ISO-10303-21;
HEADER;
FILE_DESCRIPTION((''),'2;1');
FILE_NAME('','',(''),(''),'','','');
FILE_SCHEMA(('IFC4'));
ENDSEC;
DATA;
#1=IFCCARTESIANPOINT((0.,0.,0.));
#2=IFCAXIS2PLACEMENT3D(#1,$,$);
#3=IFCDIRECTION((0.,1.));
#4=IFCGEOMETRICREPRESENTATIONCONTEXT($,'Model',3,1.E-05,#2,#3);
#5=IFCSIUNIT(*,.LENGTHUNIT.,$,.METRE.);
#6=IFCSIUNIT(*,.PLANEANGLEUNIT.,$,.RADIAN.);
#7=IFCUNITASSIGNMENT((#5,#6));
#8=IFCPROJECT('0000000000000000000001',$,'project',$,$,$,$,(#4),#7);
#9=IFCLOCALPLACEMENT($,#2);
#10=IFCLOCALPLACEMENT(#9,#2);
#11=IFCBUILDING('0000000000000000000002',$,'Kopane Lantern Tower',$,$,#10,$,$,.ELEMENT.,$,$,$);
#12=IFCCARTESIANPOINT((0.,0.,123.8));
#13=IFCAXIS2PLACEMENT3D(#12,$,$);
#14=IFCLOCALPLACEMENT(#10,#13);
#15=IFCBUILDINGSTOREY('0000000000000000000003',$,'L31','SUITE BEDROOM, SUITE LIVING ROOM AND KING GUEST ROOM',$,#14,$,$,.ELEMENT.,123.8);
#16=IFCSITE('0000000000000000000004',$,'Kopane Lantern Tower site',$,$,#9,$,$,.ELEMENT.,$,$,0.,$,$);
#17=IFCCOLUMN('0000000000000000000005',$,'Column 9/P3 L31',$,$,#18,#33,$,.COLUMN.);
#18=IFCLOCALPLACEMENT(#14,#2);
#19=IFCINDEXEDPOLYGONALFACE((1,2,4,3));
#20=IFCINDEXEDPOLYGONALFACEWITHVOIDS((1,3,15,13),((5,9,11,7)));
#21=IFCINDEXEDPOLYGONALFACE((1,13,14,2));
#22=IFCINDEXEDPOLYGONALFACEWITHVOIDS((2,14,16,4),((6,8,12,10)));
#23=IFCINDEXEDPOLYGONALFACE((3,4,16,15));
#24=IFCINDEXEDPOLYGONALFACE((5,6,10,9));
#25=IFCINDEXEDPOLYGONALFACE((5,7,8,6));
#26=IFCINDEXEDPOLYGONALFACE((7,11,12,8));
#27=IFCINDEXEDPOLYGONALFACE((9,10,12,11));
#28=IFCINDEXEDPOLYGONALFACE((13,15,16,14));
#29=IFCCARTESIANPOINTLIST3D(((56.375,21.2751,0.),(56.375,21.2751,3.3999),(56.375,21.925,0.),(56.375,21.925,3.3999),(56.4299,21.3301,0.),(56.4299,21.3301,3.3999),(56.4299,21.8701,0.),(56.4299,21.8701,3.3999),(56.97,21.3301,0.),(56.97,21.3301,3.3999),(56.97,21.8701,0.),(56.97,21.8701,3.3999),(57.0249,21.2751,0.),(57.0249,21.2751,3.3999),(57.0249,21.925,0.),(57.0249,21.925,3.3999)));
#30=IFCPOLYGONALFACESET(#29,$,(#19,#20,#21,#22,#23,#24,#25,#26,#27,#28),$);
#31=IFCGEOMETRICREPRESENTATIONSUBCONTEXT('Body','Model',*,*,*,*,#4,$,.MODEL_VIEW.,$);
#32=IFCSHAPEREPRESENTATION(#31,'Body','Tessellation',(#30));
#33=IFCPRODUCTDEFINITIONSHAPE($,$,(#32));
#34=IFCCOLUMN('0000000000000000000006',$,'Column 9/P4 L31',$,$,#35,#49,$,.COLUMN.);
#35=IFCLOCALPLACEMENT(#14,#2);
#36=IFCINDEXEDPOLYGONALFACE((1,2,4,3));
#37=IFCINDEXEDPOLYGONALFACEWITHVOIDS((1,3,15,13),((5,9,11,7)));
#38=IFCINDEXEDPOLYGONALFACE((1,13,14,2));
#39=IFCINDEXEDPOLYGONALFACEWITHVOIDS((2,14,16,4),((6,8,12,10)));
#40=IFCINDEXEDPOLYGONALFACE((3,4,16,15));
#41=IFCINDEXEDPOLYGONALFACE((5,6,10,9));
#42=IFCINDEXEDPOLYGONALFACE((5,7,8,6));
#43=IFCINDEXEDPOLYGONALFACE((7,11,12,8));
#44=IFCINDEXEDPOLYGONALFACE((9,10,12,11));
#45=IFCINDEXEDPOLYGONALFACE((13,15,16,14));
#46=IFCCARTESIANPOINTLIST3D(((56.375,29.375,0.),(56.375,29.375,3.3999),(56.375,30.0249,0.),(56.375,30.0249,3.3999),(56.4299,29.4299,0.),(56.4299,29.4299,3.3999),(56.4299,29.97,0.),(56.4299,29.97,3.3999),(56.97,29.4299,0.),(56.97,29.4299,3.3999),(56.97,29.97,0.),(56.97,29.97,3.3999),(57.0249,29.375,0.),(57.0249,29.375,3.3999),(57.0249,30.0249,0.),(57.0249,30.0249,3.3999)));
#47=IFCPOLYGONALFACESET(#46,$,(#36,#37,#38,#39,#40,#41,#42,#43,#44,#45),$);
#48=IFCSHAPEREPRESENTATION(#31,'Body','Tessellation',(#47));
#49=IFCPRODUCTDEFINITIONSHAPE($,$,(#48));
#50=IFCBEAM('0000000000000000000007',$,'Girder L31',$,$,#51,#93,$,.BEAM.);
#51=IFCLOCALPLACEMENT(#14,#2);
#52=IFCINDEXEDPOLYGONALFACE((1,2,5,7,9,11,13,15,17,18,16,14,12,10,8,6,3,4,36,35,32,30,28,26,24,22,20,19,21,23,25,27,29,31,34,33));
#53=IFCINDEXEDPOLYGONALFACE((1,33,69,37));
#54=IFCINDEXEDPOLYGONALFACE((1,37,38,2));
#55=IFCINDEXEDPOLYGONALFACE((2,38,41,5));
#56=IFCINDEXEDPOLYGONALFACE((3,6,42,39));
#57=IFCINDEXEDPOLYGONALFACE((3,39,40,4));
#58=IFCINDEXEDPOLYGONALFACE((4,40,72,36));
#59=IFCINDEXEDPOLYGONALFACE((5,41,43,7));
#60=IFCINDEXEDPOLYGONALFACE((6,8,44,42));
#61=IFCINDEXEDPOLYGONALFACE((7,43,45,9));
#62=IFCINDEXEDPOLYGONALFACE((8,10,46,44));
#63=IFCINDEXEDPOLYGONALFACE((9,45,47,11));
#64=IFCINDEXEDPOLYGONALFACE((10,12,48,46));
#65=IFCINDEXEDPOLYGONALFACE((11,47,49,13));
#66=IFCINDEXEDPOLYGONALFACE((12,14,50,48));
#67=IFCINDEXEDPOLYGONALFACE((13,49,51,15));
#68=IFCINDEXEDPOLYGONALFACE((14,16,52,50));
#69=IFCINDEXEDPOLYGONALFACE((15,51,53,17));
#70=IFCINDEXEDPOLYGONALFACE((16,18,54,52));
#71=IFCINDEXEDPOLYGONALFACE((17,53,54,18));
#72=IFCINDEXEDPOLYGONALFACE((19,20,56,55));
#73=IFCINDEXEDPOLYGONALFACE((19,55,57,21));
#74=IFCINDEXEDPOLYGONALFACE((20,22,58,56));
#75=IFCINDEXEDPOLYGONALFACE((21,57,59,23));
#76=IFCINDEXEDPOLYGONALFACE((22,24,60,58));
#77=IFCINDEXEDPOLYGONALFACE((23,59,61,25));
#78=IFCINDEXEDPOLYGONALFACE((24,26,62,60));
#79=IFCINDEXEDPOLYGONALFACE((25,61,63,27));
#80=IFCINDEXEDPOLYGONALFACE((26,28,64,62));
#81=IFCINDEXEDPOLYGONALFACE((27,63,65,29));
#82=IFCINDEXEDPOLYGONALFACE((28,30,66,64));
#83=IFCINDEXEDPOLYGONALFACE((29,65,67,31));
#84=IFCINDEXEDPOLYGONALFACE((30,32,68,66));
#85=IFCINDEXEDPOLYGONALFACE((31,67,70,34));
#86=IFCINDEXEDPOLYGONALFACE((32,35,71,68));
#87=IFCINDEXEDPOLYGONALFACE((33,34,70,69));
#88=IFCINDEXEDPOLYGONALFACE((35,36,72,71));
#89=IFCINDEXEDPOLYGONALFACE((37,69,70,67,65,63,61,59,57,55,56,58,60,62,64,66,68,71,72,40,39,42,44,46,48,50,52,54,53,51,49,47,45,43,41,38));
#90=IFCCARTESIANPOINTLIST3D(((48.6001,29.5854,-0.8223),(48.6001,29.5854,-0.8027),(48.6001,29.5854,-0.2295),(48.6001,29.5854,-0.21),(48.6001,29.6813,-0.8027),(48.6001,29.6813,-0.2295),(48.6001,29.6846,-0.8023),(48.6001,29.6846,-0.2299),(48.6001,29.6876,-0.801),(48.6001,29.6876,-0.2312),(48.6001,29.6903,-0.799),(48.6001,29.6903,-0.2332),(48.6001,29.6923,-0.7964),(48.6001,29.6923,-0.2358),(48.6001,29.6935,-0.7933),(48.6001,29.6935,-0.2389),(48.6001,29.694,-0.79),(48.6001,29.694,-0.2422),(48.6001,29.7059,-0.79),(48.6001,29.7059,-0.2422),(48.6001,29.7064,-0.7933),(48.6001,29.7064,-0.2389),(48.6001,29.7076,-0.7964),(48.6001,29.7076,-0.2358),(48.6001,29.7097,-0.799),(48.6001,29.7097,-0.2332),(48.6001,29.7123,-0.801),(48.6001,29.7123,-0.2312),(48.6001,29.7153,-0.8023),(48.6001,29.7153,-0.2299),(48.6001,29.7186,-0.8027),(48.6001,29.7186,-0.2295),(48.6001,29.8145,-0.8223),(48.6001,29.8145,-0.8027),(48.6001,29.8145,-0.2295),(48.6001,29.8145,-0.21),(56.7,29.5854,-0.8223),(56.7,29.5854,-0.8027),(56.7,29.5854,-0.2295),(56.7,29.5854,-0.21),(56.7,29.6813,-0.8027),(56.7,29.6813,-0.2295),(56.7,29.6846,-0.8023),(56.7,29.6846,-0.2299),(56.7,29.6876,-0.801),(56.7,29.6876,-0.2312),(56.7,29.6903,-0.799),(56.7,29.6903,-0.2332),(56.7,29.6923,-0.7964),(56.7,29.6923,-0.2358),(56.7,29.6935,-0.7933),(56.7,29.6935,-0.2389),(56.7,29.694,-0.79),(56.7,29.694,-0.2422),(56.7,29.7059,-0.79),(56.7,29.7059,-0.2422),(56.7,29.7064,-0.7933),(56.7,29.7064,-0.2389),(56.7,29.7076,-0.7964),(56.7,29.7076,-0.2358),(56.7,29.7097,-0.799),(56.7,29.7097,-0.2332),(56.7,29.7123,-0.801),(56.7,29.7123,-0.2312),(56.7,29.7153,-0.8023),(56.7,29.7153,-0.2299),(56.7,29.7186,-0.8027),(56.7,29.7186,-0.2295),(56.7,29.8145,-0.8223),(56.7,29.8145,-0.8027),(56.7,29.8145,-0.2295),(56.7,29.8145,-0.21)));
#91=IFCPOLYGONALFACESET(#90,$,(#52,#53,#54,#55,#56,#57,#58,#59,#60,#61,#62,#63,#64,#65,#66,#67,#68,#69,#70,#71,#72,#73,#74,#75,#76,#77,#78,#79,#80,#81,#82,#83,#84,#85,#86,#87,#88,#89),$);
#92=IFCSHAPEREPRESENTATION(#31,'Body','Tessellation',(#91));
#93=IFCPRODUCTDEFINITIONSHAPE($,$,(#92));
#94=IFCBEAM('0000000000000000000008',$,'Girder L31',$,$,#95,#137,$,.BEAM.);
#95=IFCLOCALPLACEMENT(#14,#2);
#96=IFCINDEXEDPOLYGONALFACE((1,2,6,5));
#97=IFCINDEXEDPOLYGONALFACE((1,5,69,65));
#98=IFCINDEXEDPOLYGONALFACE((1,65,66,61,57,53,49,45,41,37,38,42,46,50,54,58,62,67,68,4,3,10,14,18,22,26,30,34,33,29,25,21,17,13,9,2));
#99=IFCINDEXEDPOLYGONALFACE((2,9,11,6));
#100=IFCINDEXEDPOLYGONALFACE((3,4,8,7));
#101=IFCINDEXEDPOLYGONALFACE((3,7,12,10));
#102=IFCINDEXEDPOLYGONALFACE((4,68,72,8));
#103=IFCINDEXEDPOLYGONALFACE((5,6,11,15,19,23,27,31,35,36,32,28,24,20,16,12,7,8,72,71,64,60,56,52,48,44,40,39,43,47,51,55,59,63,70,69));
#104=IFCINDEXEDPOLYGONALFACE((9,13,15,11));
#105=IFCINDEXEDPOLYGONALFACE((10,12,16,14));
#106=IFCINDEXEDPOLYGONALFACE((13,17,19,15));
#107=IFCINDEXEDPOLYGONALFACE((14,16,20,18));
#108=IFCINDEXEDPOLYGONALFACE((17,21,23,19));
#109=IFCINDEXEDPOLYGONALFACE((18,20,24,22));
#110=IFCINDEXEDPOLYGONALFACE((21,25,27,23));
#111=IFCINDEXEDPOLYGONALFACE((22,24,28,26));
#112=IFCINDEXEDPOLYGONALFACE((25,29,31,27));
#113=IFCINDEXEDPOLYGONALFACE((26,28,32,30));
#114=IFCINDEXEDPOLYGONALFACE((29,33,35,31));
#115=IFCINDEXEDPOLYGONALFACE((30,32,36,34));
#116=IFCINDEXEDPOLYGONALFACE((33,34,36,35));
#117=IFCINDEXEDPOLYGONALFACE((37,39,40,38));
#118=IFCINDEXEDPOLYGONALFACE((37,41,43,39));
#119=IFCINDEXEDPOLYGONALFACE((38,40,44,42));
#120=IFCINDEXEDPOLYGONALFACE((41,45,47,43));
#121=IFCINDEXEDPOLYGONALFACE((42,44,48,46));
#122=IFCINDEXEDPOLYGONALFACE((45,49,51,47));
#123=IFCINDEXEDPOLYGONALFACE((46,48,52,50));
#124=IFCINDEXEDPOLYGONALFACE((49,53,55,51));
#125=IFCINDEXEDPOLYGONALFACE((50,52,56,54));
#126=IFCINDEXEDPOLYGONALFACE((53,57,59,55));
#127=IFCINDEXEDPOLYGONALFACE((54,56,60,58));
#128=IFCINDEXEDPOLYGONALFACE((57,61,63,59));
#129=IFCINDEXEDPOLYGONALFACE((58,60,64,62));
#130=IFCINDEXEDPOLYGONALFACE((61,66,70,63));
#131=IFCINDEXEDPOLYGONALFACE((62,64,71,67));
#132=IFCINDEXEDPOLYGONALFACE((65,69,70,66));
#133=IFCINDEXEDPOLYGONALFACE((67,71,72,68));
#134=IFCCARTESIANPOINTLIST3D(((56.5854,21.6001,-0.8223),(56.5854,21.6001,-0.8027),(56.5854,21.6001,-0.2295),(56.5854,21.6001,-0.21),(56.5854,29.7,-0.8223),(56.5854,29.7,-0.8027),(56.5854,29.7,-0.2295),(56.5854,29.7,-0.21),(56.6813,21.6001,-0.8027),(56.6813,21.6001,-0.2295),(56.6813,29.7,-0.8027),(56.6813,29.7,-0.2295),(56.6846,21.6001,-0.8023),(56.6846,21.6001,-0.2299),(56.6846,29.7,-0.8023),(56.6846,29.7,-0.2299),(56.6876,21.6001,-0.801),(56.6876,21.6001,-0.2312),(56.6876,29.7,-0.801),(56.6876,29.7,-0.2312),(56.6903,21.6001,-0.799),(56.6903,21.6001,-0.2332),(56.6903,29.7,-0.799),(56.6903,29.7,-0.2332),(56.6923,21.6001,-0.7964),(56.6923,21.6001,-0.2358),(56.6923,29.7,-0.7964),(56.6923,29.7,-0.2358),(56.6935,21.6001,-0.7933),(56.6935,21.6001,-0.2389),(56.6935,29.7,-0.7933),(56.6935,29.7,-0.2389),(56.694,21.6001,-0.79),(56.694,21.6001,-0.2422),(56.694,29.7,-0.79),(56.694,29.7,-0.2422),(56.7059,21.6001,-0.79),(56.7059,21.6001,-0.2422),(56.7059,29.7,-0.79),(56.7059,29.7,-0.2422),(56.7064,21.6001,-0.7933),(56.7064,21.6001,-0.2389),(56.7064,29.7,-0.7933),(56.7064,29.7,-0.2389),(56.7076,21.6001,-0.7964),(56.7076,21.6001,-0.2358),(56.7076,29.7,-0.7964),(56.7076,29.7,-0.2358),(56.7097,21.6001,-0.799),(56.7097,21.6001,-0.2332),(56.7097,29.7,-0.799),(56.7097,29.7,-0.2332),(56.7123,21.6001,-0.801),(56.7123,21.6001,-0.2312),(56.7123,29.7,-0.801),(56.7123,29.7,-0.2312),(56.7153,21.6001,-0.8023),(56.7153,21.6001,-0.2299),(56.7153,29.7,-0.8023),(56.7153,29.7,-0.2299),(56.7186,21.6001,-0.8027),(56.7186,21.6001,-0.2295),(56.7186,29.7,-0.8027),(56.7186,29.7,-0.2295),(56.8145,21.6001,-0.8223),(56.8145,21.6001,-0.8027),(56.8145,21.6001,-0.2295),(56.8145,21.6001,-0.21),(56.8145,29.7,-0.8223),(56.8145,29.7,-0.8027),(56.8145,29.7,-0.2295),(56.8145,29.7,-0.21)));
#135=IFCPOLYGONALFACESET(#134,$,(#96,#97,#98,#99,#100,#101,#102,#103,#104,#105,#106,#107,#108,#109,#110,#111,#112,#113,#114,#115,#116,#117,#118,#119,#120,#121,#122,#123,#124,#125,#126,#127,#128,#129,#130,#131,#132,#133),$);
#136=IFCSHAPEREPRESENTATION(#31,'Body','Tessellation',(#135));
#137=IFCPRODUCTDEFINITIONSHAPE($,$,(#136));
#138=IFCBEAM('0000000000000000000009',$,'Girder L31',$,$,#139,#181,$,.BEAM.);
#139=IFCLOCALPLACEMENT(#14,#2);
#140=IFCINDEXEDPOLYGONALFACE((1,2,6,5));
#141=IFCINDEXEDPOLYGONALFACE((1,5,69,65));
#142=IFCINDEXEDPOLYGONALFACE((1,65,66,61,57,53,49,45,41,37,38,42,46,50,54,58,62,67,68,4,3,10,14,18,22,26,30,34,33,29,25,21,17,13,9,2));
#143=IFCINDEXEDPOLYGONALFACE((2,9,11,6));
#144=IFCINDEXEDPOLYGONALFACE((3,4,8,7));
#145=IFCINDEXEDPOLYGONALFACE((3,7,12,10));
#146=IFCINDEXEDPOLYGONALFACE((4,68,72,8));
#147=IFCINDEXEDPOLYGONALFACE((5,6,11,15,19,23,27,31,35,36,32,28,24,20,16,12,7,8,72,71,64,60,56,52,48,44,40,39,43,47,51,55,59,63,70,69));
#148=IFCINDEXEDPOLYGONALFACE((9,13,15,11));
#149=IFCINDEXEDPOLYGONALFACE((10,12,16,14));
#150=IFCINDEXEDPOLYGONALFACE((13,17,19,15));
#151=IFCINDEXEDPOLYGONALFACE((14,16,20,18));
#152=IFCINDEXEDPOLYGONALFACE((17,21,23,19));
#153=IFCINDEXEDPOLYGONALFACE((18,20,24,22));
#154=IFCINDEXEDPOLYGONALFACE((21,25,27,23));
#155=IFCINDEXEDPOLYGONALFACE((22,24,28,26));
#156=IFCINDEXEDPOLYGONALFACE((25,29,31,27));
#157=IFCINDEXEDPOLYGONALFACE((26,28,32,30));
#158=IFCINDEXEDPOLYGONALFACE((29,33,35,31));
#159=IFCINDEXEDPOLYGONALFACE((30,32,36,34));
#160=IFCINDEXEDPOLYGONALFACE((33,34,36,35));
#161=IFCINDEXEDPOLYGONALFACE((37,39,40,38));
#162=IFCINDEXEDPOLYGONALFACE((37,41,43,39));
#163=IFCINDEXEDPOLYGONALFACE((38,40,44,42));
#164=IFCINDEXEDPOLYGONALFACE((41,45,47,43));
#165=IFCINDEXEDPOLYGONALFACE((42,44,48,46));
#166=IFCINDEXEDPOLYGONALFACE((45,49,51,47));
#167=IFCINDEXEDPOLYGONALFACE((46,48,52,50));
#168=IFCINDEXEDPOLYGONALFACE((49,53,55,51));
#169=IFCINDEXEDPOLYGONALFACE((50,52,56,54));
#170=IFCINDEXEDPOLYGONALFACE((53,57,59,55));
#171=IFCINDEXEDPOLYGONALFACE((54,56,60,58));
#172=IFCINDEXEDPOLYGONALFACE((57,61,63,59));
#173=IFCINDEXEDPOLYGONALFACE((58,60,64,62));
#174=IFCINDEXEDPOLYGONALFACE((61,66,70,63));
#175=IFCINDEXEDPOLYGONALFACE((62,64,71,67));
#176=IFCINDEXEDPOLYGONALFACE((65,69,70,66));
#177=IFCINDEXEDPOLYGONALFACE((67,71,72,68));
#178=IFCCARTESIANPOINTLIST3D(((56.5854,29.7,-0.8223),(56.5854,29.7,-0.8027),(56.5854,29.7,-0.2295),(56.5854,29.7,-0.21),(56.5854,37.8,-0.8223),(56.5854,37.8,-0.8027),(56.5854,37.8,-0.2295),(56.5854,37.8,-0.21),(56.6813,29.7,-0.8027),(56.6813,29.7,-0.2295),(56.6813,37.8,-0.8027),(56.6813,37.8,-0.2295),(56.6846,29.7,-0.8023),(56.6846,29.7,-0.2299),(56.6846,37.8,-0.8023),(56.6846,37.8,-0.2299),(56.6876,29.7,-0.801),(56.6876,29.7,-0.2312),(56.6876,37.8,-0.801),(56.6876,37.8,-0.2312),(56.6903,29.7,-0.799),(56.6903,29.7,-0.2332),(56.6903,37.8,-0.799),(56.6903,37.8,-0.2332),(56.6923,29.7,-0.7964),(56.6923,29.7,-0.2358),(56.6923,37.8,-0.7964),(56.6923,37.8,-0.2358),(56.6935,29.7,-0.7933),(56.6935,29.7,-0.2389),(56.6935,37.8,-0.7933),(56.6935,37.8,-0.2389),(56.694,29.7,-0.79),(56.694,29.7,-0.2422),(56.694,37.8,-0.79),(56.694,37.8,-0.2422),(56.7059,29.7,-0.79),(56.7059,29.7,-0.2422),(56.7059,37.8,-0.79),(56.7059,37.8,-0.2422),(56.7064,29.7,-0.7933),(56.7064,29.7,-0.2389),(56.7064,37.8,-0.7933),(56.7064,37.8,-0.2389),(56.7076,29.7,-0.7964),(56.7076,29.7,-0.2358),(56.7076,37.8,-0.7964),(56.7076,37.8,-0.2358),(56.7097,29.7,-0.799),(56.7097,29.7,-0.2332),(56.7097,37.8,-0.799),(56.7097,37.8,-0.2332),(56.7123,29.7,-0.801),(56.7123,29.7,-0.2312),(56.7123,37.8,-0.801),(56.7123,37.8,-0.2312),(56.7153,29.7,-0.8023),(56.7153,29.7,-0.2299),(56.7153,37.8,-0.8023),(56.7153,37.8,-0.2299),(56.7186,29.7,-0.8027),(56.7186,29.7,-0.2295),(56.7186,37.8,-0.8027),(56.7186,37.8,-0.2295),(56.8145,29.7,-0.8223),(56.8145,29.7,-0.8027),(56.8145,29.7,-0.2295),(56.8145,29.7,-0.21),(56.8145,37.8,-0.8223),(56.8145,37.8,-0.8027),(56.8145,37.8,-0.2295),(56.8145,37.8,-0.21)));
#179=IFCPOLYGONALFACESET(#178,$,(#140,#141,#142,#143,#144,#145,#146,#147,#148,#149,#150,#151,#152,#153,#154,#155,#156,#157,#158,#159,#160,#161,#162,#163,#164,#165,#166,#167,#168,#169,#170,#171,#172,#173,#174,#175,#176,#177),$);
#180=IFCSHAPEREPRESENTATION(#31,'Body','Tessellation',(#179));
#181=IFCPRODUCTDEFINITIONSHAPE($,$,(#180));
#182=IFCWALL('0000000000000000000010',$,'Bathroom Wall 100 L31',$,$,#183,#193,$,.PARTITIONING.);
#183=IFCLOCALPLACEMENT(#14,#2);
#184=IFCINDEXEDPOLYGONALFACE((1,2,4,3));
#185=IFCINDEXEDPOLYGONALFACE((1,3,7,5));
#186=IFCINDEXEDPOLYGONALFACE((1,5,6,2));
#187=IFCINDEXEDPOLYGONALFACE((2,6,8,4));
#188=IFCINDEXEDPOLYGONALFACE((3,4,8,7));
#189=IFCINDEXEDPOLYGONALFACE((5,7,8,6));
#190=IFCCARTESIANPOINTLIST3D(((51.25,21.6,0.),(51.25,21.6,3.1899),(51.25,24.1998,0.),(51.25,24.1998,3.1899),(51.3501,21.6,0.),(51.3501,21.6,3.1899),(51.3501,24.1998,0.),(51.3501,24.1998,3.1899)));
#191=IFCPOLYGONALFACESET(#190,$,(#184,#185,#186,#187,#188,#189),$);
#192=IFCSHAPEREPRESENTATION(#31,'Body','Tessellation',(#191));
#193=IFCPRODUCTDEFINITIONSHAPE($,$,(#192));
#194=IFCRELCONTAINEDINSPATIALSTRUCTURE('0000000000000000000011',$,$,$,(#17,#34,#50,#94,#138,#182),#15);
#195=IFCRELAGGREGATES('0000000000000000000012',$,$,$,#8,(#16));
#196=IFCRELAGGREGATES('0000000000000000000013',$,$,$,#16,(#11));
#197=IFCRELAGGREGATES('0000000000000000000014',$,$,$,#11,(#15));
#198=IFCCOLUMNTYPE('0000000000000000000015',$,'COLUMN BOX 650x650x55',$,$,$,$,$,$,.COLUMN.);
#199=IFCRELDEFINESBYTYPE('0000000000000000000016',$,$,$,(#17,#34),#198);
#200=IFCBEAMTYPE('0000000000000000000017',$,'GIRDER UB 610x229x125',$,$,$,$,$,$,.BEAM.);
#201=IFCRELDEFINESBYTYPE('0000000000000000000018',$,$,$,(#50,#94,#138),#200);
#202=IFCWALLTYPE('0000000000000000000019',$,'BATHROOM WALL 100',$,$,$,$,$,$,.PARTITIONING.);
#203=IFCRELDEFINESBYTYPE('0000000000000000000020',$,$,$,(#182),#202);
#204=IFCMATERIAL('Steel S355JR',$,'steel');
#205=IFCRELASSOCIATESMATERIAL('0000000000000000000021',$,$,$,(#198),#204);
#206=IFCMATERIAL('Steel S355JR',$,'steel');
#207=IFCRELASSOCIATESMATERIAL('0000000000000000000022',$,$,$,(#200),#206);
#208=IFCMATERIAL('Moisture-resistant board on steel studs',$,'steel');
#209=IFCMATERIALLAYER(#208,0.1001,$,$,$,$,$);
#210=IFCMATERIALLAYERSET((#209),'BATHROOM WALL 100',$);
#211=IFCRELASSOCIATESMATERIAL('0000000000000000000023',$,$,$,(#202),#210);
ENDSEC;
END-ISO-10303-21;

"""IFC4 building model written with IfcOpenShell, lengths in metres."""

from ifc_helpers import new_model, si_unit, direction, frame, frame_2d, origin, origin_2d, place, context, subcontext, project, spatial, rectangle, hollow_rectangle, i_section, extrude, material, layer, layer_set, material_profile, profile_set, type_object, element, save


model = new_model("IFC4")

# Units and contexts
model_context = context("Model", 3, precision=1e-05, world=origin(), true_north=direction((0.0, 1.0)))
body_context = subcontext(model_context, "Body", "Model", "MODEL_VIEW")
ifc_project = project(units=[si_unit("LENGTHUNIT", "METRE"), si_unit("PLANEANGLEUNIT", "RADIAN")], contexts=[model_context])

# Site, building, storey
site_placement = place(None, origin())
site = spatial("IfcSite", under=ifc_project, at=site_placement, Name="Kopane Lantern Tower site", CompositionType="ELEMENT", RefElevation=0.0)
building_placement = place(site_placement, origin())
building = spatial("IfcBuilding", under=site, at=building_placement, Name="Kopane Lantern Tower", CompositionType="ELEMENT")
storey_placement = place(building_placement, frame((0.0, 0.0, 123.8)))
storey = spatial("IfcBuildingStorey", under=building, at=storey_placement, Name="L31", Description="SUITE BEDROOM, SUITE LIVING ROOM AND KING GUEST ROOM", CompositionType="ELEMENT", Elevation=123.8)

# Columns
ifc_material_1 = material(Name="Steel S355JR", Category="steel")
ifc_material_profile_1 = material_profile(ifc_material_1, hollow_rectangle(XDim=0.6499, YDim=0.6499, WallThickness=0.0549, at=origin_2d()), Name="BOX 650x650x55")
ifc_profile_set_1 = profile_set([ifc_material_profile_1], Name="Steel S355JR")
column_type = type_object("IfcColumnType", Name="COLUMN BOX 650x650x55", PredefinedType="COLUMN", material=ifc_profile_set_1)
for number, where, z_axis, x_axis, name in (
    (1, (56.7, 21.6001, 0.0), (0.0, 0.0, 1.0), (1.0, 0.0, 0.0), "Column 9/P3 L31"),
    (2, (56.7, 29.7, 0.0), (0.0, 0.0, 1.0), (1.0, 0.0, 0.0), "Column 9/P4 L31"),
):
    element("IfcColumn", number, at=place(storey_placement, frame(where, z_axis=z_axis, x_axis=x_axis)), inside=storey, type_object=column_type, Name=name, PredefinedType="COLUMN", context=body_context, shape_type="SweptSolid", body=[
        extrude(hollow_rectangle(XDim=0.6499, YDim=0.6499, WallThickness=0.0549, at=origin_2d()), origin(), (0.0, 0.0, 1.0), 3.3999),
    ])

# Beams
ifc_material_2 = material(Name="Steel S355JR", Category="steel")
ifc_material_profile_2 = material_profile(ifc_material_2, i_section(OverallWidth=0.229, OverallDepth=0.6123, WebThickness=0.012, FlangeThickness=0.0195, FilletRadius=0.0127, at=origin_2d()), Name="UB 610x229x125")
ifc_profile_set_2 = profile_set([ifc_material_profile_2], Name="Steel S355JR")
beam_type = type_object("IfcBeamType", Name="GIRDER UB 610x229x125", PredefinedType="BEAM", material=ifc_profile_set_2)
for number, where, z_axis, x_axis, name in (
    (3, (48.6001, 29.7, -0.5161), (1.0, 0.0, 0.0), (0.0, 1.0, 0.0), "Girder L31"),
    (4, (56.7, 21.6001, -0.5161), (0.0, 1.0, 0.0), (-1.0, 0.0, 0.0), "Girder L31"),
):
    element("IfcBeam", number, at=place(storey_placement, frame(where, z_axis=z_axis, x_axis=x_axis)), inside=storey, type_object=beam_type, Name=name, PredefinedType="BEAM", context=body_context, shape_type="SweptSolid", body=[
        extrude(i_section(OverallWidth=0.229, OverallDepth=0.6123, WebThickness=0.012, FlangeThickness=0.0195, FilletRadius=0.0127, at=origin_2d()), origin(), (0.0, 0.0, 1.0), 8.0999),
    ])
beam_placement = place(storey_placement, frame((56.7, 29.7, -0.5161), z_axis=(0.0, 1.0, 0.0), x_axis=(-1.0, 0.0, 0.0)))
element("IfcBeam", 5, at=beam_placement, inside=storey, type_object=beam_type, Name="Girder L31", PredefinedType="BEAM", context=body_context, shape_type="SweptSolid", body=[
    extrude(i_section(OverallWidth=0.229, OverallDepth=0.6123, WebThickness=0.012, FlangeThickness=0.0195, FilletRadius=0.0127, at=origin_2d()), origin(), (0.0, 0.0, 1.0), 8.1001),
])

# Wall
ifc_material_3 = material(Name="Moisture-resistant board on steel studs", Category="steel")
ifc_layer_1 = layer(ifc_material_3, 0.1001)
ifc_layer_set_1 = layer_set([ifc_layer_1], Name="BATHROOM WALL 100")
wall_type_1 = type_object("IfcWallType", Name="BATHROOM WALL 100", PredefinedType="PARTITIONING", material=ifc_layer_set_1)
wall_1_placement = place(storey_placement, frame((51.3, 21.6001, 0.0), z_axis=(0.0, 0.0, 1.0), x_axis=(0.0, 1.0, 0.0)))
element("IfcWall", 6, at=wall_1_placement, inside=storey, type_object=wall_type_1, Name="Bathroom Wall 100 L31", PredefinedType="PARTITIONING", context=body_context, shape_type="SweptSolid", body=[
    extrude(rectangle(XDim=2.5999, YDim=0.1001, at=frame_2d((1.2998, 0.0))), origin(), (0.0, 0.0, 1.0), 3.1899),
])

save(model, "model.ifc")
